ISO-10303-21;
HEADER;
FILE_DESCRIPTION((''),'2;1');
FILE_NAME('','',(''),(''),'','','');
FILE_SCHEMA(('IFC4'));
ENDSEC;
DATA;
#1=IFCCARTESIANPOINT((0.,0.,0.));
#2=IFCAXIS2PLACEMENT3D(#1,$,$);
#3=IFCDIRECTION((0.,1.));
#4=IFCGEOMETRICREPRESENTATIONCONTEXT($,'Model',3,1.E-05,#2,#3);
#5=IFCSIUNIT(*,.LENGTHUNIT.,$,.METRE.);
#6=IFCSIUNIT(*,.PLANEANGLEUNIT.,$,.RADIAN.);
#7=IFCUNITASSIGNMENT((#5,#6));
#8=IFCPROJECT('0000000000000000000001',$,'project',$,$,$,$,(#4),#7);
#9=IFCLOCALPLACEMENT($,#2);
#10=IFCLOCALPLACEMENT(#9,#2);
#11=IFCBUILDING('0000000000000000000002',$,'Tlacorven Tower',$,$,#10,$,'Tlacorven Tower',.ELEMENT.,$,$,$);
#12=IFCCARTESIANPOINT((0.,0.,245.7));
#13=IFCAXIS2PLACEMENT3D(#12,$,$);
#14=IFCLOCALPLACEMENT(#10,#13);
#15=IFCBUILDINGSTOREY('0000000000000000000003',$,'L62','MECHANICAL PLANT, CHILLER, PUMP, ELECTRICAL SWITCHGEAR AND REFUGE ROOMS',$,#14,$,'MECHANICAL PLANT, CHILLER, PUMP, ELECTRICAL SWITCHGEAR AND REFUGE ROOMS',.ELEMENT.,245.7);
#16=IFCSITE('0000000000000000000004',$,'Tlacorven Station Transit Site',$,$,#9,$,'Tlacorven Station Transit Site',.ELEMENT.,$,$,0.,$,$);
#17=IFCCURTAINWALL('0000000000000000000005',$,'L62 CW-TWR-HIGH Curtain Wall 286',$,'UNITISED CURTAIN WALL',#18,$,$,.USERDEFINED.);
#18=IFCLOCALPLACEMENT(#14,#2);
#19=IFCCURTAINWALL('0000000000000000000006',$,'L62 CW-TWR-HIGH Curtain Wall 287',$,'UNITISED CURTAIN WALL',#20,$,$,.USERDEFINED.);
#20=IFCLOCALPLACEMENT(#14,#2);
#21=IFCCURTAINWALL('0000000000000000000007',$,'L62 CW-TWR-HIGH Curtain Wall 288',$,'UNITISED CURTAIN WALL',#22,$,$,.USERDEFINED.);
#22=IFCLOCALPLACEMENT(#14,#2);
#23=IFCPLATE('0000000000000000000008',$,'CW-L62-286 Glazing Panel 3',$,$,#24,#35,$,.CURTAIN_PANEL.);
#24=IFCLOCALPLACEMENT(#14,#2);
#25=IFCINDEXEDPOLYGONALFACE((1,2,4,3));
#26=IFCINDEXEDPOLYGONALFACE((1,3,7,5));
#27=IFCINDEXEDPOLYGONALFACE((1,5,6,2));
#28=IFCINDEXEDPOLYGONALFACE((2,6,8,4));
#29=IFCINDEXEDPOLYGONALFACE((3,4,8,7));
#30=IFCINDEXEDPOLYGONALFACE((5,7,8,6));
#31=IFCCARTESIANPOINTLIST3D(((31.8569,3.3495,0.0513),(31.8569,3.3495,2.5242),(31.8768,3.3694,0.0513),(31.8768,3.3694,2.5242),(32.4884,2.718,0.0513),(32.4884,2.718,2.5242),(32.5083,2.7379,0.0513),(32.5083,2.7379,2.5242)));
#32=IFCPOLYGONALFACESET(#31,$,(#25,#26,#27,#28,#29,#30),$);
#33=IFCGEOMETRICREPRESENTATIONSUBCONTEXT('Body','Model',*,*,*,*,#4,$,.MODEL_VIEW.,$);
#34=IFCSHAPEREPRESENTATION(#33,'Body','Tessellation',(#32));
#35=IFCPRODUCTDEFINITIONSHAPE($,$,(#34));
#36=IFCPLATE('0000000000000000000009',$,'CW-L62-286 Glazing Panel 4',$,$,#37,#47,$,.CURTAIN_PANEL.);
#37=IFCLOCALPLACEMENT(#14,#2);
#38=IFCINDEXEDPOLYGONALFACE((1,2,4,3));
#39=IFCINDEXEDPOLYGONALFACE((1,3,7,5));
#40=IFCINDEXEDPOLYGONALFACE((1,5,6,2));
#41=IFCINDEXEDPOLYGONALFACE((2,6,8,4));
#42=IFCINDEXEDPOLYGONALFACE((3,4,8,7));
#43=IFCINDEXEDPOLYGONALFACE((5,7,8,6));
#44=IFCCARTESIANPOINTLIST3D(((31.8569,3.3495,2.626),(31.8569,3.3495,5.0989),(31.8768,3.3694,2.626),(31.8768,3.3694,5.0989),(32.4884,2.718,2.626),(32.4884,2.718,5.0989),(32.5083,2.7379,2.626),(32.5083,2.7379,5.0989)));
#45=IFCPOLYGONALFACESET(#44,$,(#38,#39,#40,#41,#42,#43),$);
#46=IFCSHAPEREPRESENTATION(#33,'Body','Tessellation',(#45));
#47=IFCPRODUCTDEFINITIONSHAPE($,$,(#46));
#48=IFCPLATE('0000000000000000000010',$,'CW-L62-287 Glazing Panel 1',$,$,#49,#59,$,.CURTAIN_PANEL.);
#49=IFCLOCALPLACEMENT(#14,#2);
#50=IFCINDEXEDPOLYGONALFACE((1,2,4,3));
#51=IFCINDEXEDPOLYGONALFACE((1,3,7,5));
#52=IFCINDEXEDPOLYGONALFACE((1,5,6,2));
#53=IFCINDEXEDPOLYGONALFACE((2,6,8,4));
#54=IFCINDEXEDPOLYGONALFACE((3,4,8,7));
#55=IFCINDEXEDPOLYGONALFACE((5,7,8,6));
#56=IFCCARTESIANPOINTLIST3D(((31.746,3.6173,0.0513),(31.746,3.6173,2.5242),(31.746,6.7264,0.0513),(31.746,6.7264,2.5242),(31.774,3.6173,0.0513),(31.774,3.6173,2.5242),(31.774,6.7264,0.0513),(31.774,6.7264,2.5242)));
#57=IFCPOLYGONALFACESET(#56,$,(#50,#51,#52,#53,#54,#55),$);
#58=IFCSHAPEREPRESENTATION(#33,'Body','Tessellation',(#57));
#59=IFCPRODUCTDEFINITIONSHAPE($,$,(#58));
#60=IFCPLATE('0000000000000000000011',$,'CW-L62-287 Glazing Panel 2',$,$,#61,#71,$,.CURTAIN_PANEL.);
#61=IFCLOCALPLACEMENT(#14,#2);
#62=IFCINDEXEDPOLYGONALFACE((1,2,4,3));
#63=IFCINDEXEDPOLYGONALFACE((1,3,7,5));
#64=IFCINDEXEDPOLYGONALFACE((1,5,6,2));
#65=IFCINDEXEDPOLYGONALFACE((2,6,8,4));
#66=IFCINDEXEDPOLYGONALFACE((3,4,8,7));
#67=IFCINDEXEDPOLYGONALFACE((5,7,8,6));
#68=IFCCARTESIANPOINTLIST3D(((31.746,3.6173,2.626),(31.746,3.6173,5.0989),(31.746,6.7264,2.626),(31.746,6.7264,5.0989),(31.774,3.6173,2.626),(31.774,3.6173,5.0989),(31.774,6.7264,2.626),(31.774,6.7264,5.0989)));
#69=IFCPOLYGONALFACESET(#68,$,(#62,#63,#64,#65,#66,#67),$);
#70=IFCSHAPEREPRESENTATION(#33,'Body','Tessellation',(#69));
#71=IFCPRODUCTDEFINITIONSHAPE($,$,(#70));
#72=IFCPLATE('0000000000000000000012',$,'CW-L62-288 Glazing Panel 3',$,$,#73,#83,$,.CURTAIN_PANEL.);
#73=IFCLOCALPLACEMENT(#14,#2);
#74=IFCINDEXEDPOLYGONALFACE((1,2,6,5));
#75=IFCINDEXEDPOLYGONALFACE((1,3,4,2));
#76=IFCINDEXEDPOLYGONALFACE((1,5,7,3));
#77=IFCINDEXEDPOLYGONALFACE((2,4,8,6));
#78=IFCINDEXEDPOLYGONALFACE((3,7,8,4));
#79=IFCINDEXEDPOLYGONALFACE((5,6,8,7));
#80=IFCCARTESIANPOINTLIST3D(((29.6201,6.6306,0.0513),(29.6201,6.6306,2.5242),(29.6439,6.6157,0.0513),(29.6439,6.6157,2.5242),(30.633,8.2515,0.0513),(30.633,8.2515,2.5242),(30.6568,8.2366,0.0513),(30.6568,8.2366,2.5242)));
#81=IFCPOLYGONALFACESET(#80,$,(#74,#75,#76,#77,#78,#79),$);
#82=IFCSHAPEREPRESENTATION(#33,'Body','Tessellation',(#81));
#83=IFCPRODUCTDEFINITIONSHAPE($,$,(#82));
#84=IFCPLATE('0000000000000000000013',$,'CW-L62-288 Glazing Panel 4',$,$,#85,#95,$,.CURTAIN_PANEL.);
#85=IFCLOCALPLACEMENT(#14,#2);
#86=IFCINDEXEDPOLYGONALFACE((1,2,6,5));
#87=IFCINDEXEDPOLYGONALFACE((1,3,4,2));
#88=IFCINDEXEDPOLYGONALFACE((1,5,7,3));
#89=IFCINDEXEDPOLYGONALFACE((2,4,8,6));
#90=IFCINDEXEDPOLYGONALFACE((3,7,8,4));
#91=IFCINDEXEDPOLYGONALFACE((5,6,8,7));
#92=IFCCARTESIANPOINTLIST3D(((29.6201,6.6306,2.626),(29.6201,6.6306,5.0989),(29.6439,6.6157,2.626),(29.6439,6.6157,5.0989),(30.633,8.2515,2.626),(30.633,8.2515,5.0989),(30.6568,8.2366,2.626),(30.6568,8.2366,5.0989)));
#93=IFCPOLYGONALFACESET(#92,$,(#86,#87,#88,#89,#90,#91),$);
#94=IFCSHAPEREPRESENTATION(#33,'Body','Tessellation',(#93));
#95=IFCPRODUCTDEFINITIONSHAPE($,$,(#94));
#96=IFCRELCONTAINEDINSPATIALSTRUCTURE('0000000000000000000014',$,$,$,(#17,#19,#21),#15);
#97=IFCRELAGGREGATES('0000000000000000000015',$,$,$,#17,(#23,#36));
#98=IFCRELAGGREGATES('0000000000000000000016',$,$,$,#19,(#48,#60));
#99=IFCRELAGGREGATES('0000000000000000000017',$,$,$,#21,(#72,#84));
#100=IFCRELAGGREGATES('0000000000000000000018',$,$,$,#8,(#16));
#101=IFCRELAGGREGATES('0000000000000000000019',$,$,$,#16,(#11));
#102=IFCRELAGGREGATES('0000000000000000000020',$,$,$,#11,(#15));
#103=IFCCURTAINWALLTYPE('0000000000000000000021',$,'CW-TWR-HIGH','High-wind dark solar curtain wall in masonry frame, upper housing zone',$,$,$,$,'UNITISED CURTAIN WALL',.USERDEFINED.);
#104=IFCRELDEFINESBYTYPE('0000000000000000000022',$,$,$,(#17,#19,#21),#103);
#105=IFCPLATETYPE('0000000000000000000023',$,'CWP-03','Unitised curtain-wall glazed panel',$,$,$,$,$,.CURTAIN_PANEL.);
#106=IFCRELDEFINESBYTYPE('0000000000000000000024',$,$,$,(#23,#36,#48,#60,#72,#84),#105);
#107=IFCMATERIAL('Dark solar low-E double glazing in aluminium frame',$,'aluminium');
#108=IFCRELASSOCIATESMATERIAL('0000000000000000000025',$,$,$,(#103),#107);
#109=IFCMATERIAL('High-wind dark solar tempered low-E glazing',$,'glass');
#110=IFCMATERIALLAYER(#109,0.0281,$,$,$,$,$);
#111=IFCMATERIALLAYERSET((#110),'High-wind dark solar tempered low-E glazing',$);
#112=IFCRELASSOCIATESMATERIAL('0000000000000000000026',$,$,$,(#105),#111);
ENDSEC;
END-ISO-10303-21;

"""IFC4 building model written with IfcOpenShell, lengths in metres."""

from ifc_helpers import new_model, si_unit, direction, frame, origin, origin_2d, place, context, subcontext, project, spatial, rectangle, extrude, source, transform, mapped, material, layer, layer_set, type_object, element, aggregate, save


model = new_model("IFC4")

# Units and contexts
model_context = context("Model", 3, precision=1e-05, world=origin(), true_north=direction((0.0, 1.0)))
body_context = subcontext(model_context, "Body", "Model", "MODEL_VIEW")
ifc_project = project(units=[si_unit("LENGTHUNIT", "METRE"), si_unit("PLANEANGLEUNIT", "RADIAN")], contexts=[model_context])

# Site, building, storey
site_placement = place(None, origin())
site = spatial("IfcSite", under=ifc_project, at=site_placement, Name="Tlacorven Station Transit Site", LongName="Tlacorven Station Transit Site", CompositionType="ELEMENT", RefElevation=0.0)
building_placement = place(site_placement, origin())
building = spatial("IfcBuilding", under=site, at=building_placement, Name="Tlacorven Tower", LongName="Tlacorven Tower", CompositionType="ELEMENT")
storey_placement = place(building_placement, frame((0.0, 0.0, 245.7)))
storey = spatial("IfcBuildingStorey", under=building, at=storey_placement, Name="L62", Description="MECHANICAL PLANT, CHILLER, PUMP, ELECTRICAL SWITCHGEAR AND REFUGE ROOMS", LongName="MECHANICAL PLANT, CHILLER, PUMP, ELECTRICAL SWITCHGEAR AND REFUGE ROOMS", CompositionType="ELEMENT", Elevation=245.7)

# Curtain walls
ifc_material_1 = material(Name="Dark solar low-E double glazing in aluminium frame", Category="aluminium")
curtain_wall_type = type_object("IfcCurtainWallType", Name="CW-TWR-HIGH", Description="High-wind dark solar curtain wall in masonry frame, upper housing zone", ElementType="UNITISED CURTAIN WALL", PredefinedType="USERDEFINED", material=ifc_material_1)
curtain_wall_1_placement = place(storey_placement, origin())
curtain_wall_1 = element("IfcCurtainWall", 1, at=curtain_wall_1_placement, inside=storey, type_object=curtain_wall_type, Name="L62 CW-TWR-HIGH Curtain Wall 286", ObjectType="UNITISED CURTAIN WALL", PredefinedType="USERDEFINED")
curtain_wall_2_placement = place(storey_placement, origin())
curtain_wall_2 = element("IfcCurtainWall", 2, at=curtain_wall_2_placement, inside=storey, type_object=curtain_wall_type, Name="L62 CW-TWR-HIGH Curtain Wall 287", ObjectType="UNITISED CURTAIN WALL", PredefinedType="USERDEFINED")
curtain_wall_3_placement = place(storey_placement, origin())
curtain_wall_3 = element("IfcCurtainWall", 3, at=curtain_wall_3_placement, inside=storey, type_object=curtain_wall_type, Name="L62 CW-TWR-HIGH Curtain Wall 288", ObjectType="UNITISED CURTAIN WALL", PredefinedType="USERDEFINED")

# Plates
ifc_material_2 = material(Name="High-wind dark solar tempered low-E glazing", Category="glass")
ifc_layer_1 = layer(ifc_material_2, 0.0281)
ifc_layer_set_1 = layer_set([ifc_layer_1], Name="High-wind dark solar tempered low-E glazing")
plate_type_1 = type_object("IfcPlateType", Name="CWP-03", Description="Unitised curtain-wall glazed panel", PredefinedType="CURTAIN_PANEL", material=ifc_layer_set_1)
shared_shape_1 = source(origin(), body_context, "Body", "SweptSolid", [
    extrude(rectangle(XDim=0.8931, YDim=0.0281, at=origin_2d()), origin(), (0.0, 0.0, 1.0), 2.4729),
])
plate_1_placement = place(storey_placement, frame((32.1826, 3.0437, 0.0513), z_axis=(0.0, 0.0, 1.0), x_axis=(-0.707107, 0.707107, 0.0)))
plate_1 = element("IfcPlate", 4, at=plate_1_placement, type_object=plate_type_1, Name="CW-L62-286 Glazing Panel 3", PredefinedType="CURTAIN_PANEL", context=body_context, shape_type="MappedRepresentation", body=[
    mapped(shared_shape_1, transform((0.0, 0.0, 0.0), scale=1.0)),
])
plate_2_placement = place(storey_placement, frame((32.1826, 3.0437, 2.626), z_axis=(0.0, 0.0, 1.0), x_axis=(-0.707107, 0.707107, 0.0)))
plate_2 = element("IfcPlate", 5, at=plate_2_placement, type_object=plate_type_1, Name="CW-L62-286 Glazing Panel 4", PredefinedType="CURTAIN_PANEL", context=body_context, shape_type="MappedRepresentation", body=[
    mapped(shared_shape_1, transform((0.0, 0.0, 0.0), scale=1.0)),
])
aggregate(curtain_wall_1, [plate_1, plate_2])
shared_shape_2 = source(origin(), body_context, "Body", "SweptSolid", [
    extrude(rectangle(XDim=3.1091, YDim=0.0281, at=origin_2d()), origin(), (0.0, 0.0, 1.0), 2.4729),
])
plate_3_placement = place(storey_placement, frame((31.76, 5.1719, 0.0513), z_axis=(0.0, 0.0, 1.0), x_axis=(0.0, 1.0, 0.0)))
plate_3 = element("IfcPlate", 6, at=plate_3_placement, type_object=plate_type_1, Name="CW-L62-287 Glazing Panel 1", PredefinedType="CURTAIN_PANEL", context=body_context, shape_type="MappedRepresentation", body=[
    mapped(shared_shape_2, transform((0.0, 0.0, 0.0), scale=1.0)),
])
plate_4_placement = place(storey_placement, frame((31.76, 5.1719, 2.626), z_axis=(0.0, 0.0, 1.0), x_axis=(0.0, 1.0, 0.0)))
plate_4 = element("IfcPlate", 7, at=plate_4_placement, type_object=plate_type_1, Name="CW-L62-287 Glazing Panel 2", PredefinedType="CURTAIN_PANEL", context=body_context, shape_type="MappedRepresentation", body=[
    mapped(shared_shape_2, transform((0.0, 0.0, 0.0), scale=1.0)),
])
aggregate(curtain_wall_2, [plate_3, plate_4])
shared_shape_3 = source(origin(), body_context, "Body", "SweptSolid", [
    extrude(rectangle(XDim=1.9114, YDim=0.0281, at=origin_2d()), origin(), (0.0, 0.0, 1.0), 2.4729),
])
plate_5_placement = place(storey_placement, frame((30.1384, 7.4336, 0.0513), z_axis=(0.0, 0.0, 1.0), x_axis=(-0.529919, -0.848048, 0.0)))
plate_5 = element("IfcPlate", 8, at=plate_5_placement, type_object=plate_type_1, Name="CW-L62-288 Glazing Panel 3", PredefinedType="CURTAIN_PANEL", context=body_context, shape_type="MappedRepresentation", body=[
    mapped(shared_shape_3, transform((0.0, 0.0, 0.0), scale=1.0)),
])
plate_6_placement = place(storey_placement, frame((30.1384, 7.4336, 2.626), z_axis=(0.0, 0.0, 1.0), x_axis=(-0.529919, -0.848048, 0.0)))
plate_6 = element("IfcPlate", 9, at=plate_6_placement, type_object=plate_type_1, Name="CW-L62-288 Glazing Panel 4", PredefinedType="CURTAIN_PANEL", context=body_context, shape_type="MappedRepresentation", body=[
    mapped(shared_shape_3, transform((0.0, 0.0, 0.0), scale=1.0)),
])
aggregate(curtain_wall_3, [plate_5, plate_6])

save(model, "model.ifc")
